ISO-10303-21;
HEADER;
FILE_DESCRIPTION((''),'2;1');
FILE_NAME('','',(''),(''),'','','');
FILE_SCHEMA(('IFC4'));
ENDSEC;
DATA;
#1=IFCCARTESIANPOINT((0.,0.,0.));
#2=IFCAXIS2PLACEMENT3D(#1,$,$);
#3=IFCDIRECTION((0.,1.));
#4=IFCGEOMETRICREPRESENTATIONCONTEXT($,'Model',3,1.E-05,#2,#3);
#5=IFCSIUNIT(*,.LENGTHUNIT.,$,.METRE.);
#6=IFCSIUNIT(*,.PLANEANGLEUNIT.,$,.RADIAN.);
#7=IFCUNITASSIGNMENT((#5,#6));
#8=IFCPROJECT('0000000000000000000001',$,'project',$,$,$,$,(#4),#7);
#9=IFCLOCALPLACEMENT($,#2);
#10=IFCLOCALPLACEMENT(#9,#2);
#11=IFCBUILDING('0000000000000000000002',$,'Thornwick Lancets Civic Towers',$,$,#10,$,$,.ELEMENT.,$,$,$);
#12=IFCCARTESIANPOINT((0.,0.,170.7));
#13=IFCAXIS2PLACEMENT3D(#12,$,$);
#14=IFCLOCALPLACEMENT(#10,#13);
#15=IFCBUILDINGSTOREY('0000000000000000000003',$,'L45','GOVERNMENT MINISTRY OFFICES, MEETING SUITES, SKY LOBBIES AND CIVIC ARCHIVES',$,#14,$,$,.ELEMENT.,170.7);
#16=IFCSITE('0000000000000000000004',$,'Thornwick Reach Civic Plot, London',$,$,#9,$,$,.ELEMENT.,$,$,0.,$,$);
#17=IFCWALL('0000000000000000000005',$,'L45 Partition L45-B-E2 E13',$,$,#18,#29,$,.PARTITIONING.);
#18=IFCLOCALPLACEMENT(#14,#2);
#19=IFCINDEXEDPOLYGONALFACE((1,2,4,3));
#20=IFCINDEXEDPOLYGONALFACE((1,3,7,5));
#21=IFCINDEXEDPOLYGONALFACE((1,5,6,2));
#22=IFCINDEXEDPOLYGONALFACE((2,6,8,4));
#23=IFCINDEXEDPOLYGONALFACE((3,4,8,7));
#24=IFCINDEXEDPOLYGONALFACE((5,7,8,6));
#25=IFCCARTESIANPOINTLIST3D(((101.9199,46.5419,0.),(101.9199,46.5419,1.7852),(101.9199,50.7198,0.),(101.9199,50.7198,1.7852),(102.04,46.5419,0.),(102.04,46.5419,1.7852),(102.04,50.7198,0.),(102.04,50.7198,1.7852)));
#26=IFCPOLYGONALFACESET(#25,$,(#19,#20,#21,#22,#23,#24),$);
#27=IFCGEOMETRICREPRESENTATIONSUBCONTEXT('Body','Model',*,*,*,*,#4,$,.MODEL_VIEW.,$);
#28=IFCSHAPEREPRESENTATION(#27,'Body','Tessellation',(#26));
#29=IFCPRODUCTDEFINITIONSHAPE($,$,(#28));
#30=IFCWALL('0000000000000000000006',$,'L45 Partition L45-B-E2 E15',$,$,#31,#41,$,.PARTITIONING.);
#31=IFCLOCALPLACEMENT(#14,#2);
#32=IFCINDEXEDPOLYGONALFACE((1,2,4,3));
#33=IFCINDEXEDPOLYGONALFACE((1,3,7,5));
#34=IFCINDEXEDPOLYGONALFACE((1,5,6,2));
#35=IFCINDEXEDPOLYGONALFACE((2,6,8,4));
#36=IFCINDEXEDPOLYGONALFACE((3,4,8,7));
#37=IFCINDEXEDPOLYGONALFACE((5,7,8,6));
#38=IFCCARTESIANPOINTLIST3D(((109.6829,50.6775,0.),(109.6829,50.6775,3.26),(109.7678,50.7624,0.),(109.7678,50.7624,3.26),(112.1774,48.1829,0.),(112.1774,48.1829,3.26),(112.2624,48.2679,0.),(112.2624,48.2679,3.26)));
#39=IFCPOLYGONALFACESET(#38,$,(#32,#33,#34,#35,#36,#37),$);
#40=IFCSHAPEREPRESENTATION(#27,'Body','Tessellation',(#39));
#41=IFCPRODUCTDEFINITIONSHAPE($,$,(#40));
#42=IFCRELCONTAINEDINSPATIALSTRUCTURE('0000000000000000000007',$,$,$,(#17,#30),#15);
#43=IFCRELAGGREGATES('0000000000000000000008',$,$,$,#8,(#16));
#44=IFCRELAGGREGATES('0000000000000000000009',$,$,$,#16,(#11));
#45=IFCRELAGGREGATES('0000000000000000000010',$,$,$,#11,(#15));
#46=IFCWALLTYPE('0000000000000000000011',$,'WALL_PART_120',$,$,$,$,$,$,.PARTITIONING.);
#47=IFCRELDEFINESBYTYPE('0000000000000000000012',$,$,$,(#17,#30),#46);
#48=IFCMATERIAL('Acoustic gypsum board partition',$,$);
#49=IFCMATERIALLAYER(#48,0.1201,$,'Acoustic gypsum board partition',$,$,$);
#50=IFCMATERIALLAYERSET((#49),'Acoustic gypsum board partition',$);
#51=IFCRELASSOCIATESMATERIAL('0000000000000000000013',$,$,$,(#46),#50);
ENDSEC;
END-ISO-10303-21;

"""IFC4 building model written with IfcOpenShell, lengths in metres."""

from ifc_helpers import new_model, si_unit, direction, frame, frame_2d, origin, place, context, subcontext, project, spatial, rectangle, extrude, material, layer, layer_set, type_object, element, save


model = new_model("IFC4")

# Units and contexts
model_context = context("Model", 3, precision=1e-05, world=origin(), true_north=direction((0.0, 1.0)))
body_context = subcontext(model_context, "Body", "Model", "MODEL_VIEW")
ifc_project = project(units=[si_unit("LENGTHUNIT", "METRE"), si_unit("PLANEANGLEUNIT", "RADIAN")], contexts=[model_context])

# Site, building, storey
site_placement = place(None, origin())
site = spatial("IfcSite", under=ifc_project, at=site_placement, Name="Thornwick Reach Civic Plot, London", CompositionType="ELEMENT", RefElevation=0.0)
building_placement = place(site_placement, origin())
building = spatial("IfcBuilding", under=site, at=building_placement, Name="Thornwick Lancets Civic Towers", CompositionType="ELEMENT")
storey_placement = place(building_placement, frame((0.0, 0.0, 170.7)))
storey = spatial("IfcBuildingStorey", under=building, at=storey_placement, Name="L45", Description="GOVERNMENT MINISTRY OFFICES, MEETING SUITES, SKY LOBBIES AND CIVIC ARCHIVES", CompositionType="ELEMENT", Elevation=170.7)

# Walls
ifc_material_1 = material(Name="Acoustic gypsum board partition")
ifc_layer_1 = layer(ifc_material_1, 0.1201, Name="Acoustic gypsum board partition")
ifc_layer_set_1 = layer_set([ifc_layer_1], Name="Acoustic gypsum board partition")
wall_type_1 = type_object("IfcWallType", Name="WALL_PART_120", PredefinedType="PARTITIONING", material=ifc_layer_set_1)
wall_1_placement = place(storey_placement, frame((101.98, 46.542, 0.0), z_axis=(0.0, 0.0, 1.0), x_axis=(0.0, 1.0, 0.0)))
element("IfcWall", 1, at=wall_1_placement, inside=storey, type_object=wall_type_1, Name="L45 Partition L45-B-E2 E13", PredefinedType="PARTITIONING", context=body_context, shape_type="SweptSolid", body=[
    extrude(rectangle(XDim=4.178, YDim=0.1201, at=frame_2d((2.0889, 0.0))), origin(), (0.0, 0.0, 1.0), 1.7852),
])
wall_2_placement = place(storey_placement, frame((109.7253, 50.72, 0.0), z_axis=(0.0, 0.0, 1.0), x_axis=(0.707107, -0.707107, 0.0)))
element("IfcWall", 2, at=wall_2_placement, inside=storey, type_object=wall_type_1, Name="L45 Partition L45-B-E2 E15", PredefinedType="PARTITIONING", context=body_context, shape_type="SweptSolid", body=[
    extrude(rectangle(XDim=3.5278, YDim=0.1201, at=frame_2d((1.7639, 0.0))), origin(), (0.0, 0.0, 1.0), 3.26),
])

save(model, "model.ifc")
